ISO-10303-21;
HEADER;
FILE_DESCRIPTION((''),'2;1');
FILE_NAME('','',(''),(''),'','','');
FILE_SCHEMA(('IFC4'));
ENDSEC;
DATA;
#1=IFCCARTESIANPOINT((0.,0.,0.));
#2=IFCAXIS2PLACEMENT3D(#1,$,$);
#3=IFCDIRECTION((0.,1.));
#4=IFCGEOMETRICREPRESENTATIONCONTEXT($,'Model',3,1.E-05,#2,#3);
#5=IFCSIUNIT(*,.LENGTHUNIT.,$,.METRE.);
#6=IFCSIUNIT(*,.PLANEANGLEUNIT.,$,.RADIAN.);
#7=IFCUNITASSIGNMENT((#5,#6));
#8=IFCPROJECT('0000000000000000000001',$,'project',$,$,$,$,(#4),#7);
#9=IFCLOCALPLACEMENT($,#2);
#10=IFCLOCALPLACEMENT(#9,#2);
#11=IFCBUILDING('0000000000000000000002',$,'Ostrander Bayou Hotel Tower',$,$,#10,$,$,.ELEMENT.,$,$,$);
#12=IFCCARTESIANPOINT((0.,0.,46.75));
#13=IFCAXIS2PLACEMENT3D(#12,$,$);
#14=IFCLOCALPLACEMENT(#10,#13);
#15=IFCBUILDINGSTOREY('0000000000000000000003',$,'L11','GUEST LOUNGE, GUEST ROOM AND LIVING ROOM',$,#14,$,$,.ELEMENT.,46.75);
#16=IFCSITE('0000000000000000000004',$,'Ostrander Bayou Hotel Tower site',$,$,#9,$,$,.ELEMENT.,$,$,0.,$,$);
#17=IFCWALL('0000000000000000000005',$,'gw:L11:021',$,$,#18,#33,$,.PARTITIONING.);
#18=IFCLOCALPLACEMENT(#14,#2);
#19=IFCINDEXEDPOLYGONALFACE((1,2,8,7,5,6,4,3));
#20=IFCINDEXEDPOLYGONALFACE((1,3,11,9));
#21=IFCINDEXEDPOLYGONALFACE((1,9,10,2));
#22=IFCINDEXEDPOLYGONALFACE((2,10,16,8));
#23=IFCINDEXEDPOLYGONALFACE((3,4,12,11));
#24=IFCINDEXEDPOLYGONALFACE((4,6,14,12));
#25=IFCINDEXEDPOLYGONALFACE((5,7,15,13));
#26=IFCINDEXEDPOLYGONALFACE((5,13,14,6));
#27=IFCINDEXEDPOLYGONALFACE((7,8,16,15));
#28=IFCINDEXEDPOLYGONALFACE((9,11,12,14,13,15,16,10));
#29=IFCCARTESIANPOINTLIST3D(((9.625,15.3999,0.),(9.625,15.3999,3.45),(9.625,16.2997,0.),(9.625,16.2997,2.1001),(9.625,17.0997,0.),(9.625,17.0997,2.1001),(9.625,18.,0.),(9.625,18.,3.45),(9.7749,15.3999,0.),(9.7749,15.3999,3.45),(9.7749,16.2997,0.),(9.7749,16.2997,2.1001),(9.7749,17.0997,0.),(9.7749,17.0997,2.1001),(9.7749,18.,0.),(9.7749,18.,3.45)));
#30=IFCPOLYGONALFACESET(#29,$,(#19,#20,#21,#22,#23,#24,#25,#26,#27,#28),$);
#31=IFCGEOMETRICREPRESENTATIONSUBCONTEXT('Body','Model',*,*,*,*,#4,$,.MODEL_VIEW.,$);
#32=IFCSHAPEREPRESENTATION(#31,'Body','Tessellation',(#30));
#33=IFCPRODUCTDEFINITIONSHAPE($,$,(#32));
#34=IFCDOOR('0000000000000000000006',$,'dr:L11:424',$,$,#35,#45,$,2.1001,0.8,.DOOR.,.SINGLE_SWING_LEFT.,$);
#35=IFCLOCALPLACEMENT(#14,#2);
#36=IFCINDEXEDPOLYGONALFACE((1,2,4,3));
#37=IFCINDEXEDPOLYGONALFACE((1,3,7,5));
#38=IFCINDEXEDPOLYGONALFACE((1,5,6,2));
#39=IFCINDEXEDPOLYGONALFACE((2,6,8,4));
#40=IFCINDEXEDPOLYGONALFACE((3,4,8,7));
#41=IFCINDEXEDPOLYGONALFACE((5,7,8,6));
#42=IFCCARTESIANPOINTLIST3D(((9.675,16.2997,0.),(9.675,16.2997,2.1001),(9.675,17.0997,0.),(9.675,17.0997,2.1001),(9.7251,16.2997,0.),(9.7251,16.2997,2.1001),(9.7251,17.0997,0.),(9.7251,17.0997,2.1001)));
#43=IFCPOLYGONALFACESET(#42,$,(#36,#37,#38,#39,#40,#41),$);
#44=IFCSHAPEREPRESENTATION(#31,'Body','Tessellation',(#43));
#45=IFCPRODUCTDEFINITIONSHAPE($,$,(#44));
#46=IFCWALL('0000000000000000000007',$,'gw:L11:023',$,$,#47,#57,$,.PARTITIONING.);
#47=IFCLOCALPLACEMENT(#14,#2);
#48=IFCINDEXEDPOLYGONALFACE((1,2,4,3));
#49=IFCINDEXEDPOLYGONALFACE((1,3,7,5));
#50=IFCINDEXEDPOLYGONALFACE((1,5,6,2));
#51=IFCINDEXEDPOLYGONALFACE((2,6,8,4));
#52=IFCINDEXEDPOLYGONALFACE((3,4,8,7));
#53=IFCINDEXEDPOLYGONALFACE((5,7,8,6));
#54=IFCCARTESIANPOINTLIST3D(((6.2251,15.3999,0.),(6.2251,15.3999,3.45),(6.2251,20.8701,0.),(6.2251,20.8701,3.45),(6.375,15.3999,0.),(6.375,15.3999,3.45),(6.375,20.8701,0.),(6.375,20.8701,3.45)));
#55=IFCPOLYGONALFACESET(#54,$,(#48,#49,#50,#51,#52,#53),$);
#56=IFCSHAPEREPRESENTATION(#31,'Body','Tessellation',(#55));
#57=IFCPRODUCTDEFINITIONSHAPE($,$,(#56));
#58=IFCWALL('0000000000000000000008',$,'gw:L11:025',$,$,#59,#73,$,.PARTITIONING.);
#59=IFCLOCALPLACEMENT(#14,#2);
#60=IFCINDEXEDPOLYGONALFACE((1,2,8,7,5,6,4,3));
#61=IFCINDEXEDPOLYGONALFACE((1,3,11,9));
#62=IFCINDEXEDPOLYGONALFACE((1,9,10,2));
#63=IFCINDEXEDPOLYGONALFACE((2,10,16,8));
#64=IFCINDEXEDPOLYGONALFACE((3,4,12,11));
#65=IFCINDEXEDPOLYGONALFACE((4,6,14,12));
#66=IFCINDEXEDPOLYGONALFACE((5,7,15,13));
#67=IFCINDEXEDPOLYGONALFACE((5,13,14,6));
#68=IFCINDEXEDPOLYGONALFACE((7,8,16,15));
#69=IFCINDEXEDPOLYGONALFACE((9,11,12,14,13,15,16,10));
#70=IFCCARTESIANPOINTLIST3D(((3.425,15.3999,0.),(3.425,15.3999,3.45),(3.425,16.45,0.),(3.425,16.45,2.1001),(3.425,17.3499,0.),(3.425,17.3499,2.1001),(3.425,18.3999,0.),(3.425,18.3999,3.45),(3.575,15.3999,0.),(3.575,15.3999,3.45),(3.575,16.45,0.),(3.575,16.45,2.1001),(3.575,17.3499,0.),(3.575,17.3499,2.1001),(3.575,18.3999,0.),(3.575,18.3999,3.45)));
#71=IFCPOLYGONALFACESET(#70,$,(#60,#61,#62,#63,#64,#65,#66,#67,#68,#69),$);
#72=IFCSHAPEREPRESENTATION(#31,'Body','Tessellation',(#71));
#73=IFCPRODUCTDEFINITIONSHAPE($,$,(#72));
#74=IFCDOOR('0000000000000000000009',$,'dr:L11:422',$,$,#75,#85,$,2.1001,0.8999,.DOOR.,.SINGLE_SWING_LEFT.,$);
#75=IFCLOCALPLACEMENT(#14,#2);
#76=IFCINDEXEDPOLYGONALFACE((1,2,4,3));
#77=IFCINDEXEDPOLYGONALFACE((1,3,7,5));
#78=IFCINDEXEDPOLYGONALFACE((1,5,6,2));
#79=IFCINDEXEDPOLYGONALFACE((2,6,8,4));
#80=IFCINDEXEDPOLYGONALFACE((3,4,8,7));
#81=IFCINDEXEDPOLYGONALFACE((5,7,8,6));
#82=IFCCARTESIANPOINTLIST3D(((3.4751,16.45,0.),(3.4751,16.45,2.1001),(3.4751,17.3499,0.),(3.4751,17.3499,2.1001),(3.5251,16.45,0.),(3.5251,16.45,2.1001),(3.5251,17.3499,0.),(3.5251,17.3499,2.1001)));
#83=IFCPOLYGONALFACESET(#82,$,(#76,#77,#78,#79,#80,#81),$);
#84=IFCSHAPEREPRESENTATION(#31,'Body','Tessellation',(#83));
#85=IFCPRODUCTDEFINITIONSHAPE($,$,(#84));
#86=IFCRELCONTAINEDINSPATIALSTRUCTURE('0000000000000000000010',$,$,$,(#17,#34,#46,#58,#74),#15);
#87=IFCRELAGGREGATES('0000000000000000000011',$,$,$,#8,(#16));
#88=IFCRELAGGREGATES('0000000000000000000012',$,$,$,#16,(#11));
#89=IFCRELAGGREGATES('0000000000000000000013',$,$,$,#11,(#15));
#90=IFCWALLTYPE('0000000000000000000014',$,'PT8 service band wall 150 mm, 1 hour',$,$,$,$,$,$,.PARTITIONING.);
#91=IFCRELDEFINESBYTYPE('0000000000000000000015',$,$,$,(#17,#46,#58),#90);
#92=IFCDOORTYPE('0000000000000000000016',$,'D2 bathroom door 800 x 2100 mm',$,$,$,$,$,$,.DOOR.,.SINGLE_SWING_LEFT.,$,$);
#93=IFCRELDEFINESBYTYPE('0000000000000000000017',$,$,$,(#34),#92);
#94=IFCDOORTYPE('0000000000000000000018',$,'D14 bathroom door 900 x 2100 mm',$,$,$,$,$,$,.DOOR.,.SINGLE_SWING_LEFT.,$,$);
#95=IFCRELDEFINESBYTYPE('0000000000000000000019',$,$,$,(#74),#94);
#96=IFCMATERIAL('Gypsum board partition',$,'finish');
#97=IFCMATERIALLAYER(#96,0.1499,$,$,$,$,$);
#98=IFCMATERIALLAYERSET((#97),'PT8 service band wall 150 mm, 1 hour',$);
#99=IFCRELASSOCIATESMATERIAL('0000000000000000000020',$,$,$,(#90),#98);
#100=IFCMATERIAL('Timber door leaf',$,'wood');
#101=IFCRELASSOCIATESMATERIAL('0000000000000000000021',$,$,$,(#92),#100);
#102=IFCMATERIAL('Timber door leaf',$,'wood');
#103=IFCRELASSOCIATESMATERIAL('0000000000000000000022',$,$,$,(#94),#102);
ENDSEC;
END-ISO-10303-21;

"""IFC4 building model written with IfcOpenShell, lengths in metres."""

from ifc_helpers import new_model, si_unit, direction, frame, frame_2d, origin, place, context, subcontext, project, spatial, rectangle, extrude, material, layer, layer_set, type_object, element, fill, save


model = new_model("IFC4")

# Units and contexts
model_context = context("Model", 3, precision=1e-05, world=origin(), true_north=direction((0.0, 1.0)))
body_context = subcontext(model_context, "Body", "Model", "MODEL_VIEW")
ifc_project = project(units=[si_unit("LENGTHUNIT", "METRE"), si_unit("PLANEANGLEUNIT", "RADIAN")], contexts=[model_context])

# Site, building, storey
site_placement = place(None, origin())
site = spatial("IfcSite", under=ifc_project, at=site_placement, Name="Ostrander Bayou Hotel Tower site", CompositionType="ELEMENT", RefElevation=0.0)
building_placement = place(site_placement, origin())
building = spatial("IfcBuilding", under=site, at=building_placement, Name="Ostrander Bayou Hotel Tower", CompositionType="ELEMENT")
storey_placement = place(building_placement, frame((0.0, 0.0, 46.75)))
storey = spatial("IfcBuildingStorey", under=building, at=storey_placement, Name="L11", Description="GUEST LOUNGE, GUEST ROOM AND LIVING ROOM", CompositionType="ELEMENT", Elevation=46.75)

# Shared definitions
ifc_material_1 = material(Name="Gypsum board partition", Category="finish")
ifc_layer_1 = layer(ifc_material_1, 0.1499)
ifc_layer_set_1 = layer_set([ifc_layer_1], Name="PT8 service band wall 150 mm, 1 hour")
wall_type_1 = type_object("IfcWallType", Name="PT8 service band wall 150 mm, 1 hour", PredefinedType="PARTITIONING", material=ifc_layer_set_1)

# Wall, opening, door
wall_1_placement = place(storey_placement, frame((9.7, 15.3999, 0.0), z_axis=(0.0, 0.0, 1.0), x_axis=(0.0, 1.0, 0.0)))
wall_1 = element("IfcWall", 1, at=wall_1_placement, inside=storey, type_object=wall_type_1, Name="gw:L11:021", PredefinedType="PARTITIONING", context=body_context, shape_type="SweptSolid", body=[
    extrude(rectangle(XDim=2.6001, YDim=0.1499, at=frame_2d((1.3, 0.0))), origin(), (0.0, 0.0, 1.0), 3.45),
])
opening_1_placement = place(wall_1_placement, frame((0.8999, 0.0, 0.0)))
opening_1 = element("IfcOpeningElement", 2, at=opening_1_placement, cuts=wall_1, PredefinedType="OPENING", context=body_context, shape_type="SweptSolid", body=[
    extrude(rectangle(XDim=0.8, YDim=2.1001, at=frame_2d((0.3999, 1.05))), frame((0.0, 0.075, 0.0), z_axis=(0.0, -1.0, 0.0), x_axis=(1.0, 0.0, 0.0)), (0.0, 0.0, 1.0), 0.1499),
])
ifc_material_2 = material(Name="Timber door leaf", Category="wood")
door_type_1 = type_object("IfcDoorType", Name="D2 bathroom door 800 x 2100 mm", OperationType="SINGLE_SWING_LEFT", PredefinedType="DOOR", material=ifc_material_2)
door_1_placement = place(opening_1_placement, origin())
door_1 = element("IfcDoor", 3, at=door_1_placement, inside=storey, type_object=door_type_1, Name="dr:L11:424", OperationType="SINGLE_SWING_LEFT", OverallHeight=2.1001, OverallWidth=0.8, PredefinedType="DOOR", context=body_context, shape_type="SweptSolid", body=[
    extrude(rectangle(XDim=0.8, YDim=2.1001, at=frame_2d((0.3999, 1.05))), frame((0.0, 0.0249, 0.0), z_axis=(0.0, -1.0, 0.0), x_axis=(1.0, 0.0, 0.0)), (0.0, 0.0, 1.0), 0.05),
])
fill(opening_1, door_1)

# Wall
wall_2_placement = place(storey_placement, frame((6.3, 15.3999, 0.0), z_axis=(0.0, 0.0, 1.0), x_axis=(0.0, 1.0, 0.0)))
element("IfcWall", 4, at=wall_2_placement, inside=storey, type_object=wall_type_1, Name="gw:L11:023", PredefinedType="PARTITIONING", context=body_context, shape_type="SweptSolid", body=[
    extrude(rectangle(XDim=5.4702, YDim=0.1499, at=frame_2d((2.7351, 0.0))), origin(), (0.0, 0.0, 1.0), 3.45),
])

# Wall, opening, door
wall_3_placement = place(storey_placement, frame((3.5, 15.3999, 0.0), z_axis=(0.0, 0.0, 1.0), x_axis=(0.0, 1.0, 0.0)))
wall_3 = element("IfcWall", 5, at=wall_3_placement, inside=storey, type_object=wall_type_1, Name="gw:L11:025", PredefinedType="PARTITIONING", context=body_context, shape_type="SweptSolid", body=[
    extrude(rectangle(XDim=3.0, YDim=0.1499, at=frame_2d((1.5, 0.0))), origin(), (0.0, 0.0, 1.0), 3.45),
])
opening_2_placement = place(wall_3_placement, frame((1.05, 0.0, 0.0)))
opening_2 = element("IfcOpeningElement", 6, at=opening_2_placement, cuts=wall_3, PredefinedType="OPENING", context=body_context, shape_type="SweptSolid", body=[
    extrude(rectangle(XDim=0.8999, YDim=2.1001, at=frame_2d((0.45, 1.05))), frame((0.0, 0.075, 0.0), z_axis=(0.0, -1.0, 0.0), x_axis=(1.0, 0.0, 0.0)), (0.0, 0.0, 1.0), 0.1499),
])
ifc_material_3 = material(Name="Timber door leaf", Category="wood")
door_type_2 = type_object("IfcDoorType", Name="D14 bathroom door 900 x 2100 mm", OperationType="SINGLE_SWING_LEFT", PredefinedType="DOOR", material=ifc_material_3)
door_2_placement = place(opening_2_placement, origin())
door_2 = element("IfcDoor", 7, at=door_2_placement, inside=storey, type_object=door_type_2, Name="dr:L11:422", OperationType="SINGLE_SWING_LEFT", OverallHeight=2.1001, OverallWidth=0.8999, PredefinedType="DOOR", context=body_context, shape_type="SweptSolid", body=[
    extrude(rectangle(XDim=0.8999, YDim=2.1001, at=frame_2d((0.45, 1.05))), frame((0.0, 0.0249, 0.0), z_axis=(0.0, -1.0, 0.0), x_axis=(1.0, 0.0, 0.0)), (0.0, 0.0, 1.0), 0.05),
])
fill(opening_2, door_2)

save(model, "model.ifc")
